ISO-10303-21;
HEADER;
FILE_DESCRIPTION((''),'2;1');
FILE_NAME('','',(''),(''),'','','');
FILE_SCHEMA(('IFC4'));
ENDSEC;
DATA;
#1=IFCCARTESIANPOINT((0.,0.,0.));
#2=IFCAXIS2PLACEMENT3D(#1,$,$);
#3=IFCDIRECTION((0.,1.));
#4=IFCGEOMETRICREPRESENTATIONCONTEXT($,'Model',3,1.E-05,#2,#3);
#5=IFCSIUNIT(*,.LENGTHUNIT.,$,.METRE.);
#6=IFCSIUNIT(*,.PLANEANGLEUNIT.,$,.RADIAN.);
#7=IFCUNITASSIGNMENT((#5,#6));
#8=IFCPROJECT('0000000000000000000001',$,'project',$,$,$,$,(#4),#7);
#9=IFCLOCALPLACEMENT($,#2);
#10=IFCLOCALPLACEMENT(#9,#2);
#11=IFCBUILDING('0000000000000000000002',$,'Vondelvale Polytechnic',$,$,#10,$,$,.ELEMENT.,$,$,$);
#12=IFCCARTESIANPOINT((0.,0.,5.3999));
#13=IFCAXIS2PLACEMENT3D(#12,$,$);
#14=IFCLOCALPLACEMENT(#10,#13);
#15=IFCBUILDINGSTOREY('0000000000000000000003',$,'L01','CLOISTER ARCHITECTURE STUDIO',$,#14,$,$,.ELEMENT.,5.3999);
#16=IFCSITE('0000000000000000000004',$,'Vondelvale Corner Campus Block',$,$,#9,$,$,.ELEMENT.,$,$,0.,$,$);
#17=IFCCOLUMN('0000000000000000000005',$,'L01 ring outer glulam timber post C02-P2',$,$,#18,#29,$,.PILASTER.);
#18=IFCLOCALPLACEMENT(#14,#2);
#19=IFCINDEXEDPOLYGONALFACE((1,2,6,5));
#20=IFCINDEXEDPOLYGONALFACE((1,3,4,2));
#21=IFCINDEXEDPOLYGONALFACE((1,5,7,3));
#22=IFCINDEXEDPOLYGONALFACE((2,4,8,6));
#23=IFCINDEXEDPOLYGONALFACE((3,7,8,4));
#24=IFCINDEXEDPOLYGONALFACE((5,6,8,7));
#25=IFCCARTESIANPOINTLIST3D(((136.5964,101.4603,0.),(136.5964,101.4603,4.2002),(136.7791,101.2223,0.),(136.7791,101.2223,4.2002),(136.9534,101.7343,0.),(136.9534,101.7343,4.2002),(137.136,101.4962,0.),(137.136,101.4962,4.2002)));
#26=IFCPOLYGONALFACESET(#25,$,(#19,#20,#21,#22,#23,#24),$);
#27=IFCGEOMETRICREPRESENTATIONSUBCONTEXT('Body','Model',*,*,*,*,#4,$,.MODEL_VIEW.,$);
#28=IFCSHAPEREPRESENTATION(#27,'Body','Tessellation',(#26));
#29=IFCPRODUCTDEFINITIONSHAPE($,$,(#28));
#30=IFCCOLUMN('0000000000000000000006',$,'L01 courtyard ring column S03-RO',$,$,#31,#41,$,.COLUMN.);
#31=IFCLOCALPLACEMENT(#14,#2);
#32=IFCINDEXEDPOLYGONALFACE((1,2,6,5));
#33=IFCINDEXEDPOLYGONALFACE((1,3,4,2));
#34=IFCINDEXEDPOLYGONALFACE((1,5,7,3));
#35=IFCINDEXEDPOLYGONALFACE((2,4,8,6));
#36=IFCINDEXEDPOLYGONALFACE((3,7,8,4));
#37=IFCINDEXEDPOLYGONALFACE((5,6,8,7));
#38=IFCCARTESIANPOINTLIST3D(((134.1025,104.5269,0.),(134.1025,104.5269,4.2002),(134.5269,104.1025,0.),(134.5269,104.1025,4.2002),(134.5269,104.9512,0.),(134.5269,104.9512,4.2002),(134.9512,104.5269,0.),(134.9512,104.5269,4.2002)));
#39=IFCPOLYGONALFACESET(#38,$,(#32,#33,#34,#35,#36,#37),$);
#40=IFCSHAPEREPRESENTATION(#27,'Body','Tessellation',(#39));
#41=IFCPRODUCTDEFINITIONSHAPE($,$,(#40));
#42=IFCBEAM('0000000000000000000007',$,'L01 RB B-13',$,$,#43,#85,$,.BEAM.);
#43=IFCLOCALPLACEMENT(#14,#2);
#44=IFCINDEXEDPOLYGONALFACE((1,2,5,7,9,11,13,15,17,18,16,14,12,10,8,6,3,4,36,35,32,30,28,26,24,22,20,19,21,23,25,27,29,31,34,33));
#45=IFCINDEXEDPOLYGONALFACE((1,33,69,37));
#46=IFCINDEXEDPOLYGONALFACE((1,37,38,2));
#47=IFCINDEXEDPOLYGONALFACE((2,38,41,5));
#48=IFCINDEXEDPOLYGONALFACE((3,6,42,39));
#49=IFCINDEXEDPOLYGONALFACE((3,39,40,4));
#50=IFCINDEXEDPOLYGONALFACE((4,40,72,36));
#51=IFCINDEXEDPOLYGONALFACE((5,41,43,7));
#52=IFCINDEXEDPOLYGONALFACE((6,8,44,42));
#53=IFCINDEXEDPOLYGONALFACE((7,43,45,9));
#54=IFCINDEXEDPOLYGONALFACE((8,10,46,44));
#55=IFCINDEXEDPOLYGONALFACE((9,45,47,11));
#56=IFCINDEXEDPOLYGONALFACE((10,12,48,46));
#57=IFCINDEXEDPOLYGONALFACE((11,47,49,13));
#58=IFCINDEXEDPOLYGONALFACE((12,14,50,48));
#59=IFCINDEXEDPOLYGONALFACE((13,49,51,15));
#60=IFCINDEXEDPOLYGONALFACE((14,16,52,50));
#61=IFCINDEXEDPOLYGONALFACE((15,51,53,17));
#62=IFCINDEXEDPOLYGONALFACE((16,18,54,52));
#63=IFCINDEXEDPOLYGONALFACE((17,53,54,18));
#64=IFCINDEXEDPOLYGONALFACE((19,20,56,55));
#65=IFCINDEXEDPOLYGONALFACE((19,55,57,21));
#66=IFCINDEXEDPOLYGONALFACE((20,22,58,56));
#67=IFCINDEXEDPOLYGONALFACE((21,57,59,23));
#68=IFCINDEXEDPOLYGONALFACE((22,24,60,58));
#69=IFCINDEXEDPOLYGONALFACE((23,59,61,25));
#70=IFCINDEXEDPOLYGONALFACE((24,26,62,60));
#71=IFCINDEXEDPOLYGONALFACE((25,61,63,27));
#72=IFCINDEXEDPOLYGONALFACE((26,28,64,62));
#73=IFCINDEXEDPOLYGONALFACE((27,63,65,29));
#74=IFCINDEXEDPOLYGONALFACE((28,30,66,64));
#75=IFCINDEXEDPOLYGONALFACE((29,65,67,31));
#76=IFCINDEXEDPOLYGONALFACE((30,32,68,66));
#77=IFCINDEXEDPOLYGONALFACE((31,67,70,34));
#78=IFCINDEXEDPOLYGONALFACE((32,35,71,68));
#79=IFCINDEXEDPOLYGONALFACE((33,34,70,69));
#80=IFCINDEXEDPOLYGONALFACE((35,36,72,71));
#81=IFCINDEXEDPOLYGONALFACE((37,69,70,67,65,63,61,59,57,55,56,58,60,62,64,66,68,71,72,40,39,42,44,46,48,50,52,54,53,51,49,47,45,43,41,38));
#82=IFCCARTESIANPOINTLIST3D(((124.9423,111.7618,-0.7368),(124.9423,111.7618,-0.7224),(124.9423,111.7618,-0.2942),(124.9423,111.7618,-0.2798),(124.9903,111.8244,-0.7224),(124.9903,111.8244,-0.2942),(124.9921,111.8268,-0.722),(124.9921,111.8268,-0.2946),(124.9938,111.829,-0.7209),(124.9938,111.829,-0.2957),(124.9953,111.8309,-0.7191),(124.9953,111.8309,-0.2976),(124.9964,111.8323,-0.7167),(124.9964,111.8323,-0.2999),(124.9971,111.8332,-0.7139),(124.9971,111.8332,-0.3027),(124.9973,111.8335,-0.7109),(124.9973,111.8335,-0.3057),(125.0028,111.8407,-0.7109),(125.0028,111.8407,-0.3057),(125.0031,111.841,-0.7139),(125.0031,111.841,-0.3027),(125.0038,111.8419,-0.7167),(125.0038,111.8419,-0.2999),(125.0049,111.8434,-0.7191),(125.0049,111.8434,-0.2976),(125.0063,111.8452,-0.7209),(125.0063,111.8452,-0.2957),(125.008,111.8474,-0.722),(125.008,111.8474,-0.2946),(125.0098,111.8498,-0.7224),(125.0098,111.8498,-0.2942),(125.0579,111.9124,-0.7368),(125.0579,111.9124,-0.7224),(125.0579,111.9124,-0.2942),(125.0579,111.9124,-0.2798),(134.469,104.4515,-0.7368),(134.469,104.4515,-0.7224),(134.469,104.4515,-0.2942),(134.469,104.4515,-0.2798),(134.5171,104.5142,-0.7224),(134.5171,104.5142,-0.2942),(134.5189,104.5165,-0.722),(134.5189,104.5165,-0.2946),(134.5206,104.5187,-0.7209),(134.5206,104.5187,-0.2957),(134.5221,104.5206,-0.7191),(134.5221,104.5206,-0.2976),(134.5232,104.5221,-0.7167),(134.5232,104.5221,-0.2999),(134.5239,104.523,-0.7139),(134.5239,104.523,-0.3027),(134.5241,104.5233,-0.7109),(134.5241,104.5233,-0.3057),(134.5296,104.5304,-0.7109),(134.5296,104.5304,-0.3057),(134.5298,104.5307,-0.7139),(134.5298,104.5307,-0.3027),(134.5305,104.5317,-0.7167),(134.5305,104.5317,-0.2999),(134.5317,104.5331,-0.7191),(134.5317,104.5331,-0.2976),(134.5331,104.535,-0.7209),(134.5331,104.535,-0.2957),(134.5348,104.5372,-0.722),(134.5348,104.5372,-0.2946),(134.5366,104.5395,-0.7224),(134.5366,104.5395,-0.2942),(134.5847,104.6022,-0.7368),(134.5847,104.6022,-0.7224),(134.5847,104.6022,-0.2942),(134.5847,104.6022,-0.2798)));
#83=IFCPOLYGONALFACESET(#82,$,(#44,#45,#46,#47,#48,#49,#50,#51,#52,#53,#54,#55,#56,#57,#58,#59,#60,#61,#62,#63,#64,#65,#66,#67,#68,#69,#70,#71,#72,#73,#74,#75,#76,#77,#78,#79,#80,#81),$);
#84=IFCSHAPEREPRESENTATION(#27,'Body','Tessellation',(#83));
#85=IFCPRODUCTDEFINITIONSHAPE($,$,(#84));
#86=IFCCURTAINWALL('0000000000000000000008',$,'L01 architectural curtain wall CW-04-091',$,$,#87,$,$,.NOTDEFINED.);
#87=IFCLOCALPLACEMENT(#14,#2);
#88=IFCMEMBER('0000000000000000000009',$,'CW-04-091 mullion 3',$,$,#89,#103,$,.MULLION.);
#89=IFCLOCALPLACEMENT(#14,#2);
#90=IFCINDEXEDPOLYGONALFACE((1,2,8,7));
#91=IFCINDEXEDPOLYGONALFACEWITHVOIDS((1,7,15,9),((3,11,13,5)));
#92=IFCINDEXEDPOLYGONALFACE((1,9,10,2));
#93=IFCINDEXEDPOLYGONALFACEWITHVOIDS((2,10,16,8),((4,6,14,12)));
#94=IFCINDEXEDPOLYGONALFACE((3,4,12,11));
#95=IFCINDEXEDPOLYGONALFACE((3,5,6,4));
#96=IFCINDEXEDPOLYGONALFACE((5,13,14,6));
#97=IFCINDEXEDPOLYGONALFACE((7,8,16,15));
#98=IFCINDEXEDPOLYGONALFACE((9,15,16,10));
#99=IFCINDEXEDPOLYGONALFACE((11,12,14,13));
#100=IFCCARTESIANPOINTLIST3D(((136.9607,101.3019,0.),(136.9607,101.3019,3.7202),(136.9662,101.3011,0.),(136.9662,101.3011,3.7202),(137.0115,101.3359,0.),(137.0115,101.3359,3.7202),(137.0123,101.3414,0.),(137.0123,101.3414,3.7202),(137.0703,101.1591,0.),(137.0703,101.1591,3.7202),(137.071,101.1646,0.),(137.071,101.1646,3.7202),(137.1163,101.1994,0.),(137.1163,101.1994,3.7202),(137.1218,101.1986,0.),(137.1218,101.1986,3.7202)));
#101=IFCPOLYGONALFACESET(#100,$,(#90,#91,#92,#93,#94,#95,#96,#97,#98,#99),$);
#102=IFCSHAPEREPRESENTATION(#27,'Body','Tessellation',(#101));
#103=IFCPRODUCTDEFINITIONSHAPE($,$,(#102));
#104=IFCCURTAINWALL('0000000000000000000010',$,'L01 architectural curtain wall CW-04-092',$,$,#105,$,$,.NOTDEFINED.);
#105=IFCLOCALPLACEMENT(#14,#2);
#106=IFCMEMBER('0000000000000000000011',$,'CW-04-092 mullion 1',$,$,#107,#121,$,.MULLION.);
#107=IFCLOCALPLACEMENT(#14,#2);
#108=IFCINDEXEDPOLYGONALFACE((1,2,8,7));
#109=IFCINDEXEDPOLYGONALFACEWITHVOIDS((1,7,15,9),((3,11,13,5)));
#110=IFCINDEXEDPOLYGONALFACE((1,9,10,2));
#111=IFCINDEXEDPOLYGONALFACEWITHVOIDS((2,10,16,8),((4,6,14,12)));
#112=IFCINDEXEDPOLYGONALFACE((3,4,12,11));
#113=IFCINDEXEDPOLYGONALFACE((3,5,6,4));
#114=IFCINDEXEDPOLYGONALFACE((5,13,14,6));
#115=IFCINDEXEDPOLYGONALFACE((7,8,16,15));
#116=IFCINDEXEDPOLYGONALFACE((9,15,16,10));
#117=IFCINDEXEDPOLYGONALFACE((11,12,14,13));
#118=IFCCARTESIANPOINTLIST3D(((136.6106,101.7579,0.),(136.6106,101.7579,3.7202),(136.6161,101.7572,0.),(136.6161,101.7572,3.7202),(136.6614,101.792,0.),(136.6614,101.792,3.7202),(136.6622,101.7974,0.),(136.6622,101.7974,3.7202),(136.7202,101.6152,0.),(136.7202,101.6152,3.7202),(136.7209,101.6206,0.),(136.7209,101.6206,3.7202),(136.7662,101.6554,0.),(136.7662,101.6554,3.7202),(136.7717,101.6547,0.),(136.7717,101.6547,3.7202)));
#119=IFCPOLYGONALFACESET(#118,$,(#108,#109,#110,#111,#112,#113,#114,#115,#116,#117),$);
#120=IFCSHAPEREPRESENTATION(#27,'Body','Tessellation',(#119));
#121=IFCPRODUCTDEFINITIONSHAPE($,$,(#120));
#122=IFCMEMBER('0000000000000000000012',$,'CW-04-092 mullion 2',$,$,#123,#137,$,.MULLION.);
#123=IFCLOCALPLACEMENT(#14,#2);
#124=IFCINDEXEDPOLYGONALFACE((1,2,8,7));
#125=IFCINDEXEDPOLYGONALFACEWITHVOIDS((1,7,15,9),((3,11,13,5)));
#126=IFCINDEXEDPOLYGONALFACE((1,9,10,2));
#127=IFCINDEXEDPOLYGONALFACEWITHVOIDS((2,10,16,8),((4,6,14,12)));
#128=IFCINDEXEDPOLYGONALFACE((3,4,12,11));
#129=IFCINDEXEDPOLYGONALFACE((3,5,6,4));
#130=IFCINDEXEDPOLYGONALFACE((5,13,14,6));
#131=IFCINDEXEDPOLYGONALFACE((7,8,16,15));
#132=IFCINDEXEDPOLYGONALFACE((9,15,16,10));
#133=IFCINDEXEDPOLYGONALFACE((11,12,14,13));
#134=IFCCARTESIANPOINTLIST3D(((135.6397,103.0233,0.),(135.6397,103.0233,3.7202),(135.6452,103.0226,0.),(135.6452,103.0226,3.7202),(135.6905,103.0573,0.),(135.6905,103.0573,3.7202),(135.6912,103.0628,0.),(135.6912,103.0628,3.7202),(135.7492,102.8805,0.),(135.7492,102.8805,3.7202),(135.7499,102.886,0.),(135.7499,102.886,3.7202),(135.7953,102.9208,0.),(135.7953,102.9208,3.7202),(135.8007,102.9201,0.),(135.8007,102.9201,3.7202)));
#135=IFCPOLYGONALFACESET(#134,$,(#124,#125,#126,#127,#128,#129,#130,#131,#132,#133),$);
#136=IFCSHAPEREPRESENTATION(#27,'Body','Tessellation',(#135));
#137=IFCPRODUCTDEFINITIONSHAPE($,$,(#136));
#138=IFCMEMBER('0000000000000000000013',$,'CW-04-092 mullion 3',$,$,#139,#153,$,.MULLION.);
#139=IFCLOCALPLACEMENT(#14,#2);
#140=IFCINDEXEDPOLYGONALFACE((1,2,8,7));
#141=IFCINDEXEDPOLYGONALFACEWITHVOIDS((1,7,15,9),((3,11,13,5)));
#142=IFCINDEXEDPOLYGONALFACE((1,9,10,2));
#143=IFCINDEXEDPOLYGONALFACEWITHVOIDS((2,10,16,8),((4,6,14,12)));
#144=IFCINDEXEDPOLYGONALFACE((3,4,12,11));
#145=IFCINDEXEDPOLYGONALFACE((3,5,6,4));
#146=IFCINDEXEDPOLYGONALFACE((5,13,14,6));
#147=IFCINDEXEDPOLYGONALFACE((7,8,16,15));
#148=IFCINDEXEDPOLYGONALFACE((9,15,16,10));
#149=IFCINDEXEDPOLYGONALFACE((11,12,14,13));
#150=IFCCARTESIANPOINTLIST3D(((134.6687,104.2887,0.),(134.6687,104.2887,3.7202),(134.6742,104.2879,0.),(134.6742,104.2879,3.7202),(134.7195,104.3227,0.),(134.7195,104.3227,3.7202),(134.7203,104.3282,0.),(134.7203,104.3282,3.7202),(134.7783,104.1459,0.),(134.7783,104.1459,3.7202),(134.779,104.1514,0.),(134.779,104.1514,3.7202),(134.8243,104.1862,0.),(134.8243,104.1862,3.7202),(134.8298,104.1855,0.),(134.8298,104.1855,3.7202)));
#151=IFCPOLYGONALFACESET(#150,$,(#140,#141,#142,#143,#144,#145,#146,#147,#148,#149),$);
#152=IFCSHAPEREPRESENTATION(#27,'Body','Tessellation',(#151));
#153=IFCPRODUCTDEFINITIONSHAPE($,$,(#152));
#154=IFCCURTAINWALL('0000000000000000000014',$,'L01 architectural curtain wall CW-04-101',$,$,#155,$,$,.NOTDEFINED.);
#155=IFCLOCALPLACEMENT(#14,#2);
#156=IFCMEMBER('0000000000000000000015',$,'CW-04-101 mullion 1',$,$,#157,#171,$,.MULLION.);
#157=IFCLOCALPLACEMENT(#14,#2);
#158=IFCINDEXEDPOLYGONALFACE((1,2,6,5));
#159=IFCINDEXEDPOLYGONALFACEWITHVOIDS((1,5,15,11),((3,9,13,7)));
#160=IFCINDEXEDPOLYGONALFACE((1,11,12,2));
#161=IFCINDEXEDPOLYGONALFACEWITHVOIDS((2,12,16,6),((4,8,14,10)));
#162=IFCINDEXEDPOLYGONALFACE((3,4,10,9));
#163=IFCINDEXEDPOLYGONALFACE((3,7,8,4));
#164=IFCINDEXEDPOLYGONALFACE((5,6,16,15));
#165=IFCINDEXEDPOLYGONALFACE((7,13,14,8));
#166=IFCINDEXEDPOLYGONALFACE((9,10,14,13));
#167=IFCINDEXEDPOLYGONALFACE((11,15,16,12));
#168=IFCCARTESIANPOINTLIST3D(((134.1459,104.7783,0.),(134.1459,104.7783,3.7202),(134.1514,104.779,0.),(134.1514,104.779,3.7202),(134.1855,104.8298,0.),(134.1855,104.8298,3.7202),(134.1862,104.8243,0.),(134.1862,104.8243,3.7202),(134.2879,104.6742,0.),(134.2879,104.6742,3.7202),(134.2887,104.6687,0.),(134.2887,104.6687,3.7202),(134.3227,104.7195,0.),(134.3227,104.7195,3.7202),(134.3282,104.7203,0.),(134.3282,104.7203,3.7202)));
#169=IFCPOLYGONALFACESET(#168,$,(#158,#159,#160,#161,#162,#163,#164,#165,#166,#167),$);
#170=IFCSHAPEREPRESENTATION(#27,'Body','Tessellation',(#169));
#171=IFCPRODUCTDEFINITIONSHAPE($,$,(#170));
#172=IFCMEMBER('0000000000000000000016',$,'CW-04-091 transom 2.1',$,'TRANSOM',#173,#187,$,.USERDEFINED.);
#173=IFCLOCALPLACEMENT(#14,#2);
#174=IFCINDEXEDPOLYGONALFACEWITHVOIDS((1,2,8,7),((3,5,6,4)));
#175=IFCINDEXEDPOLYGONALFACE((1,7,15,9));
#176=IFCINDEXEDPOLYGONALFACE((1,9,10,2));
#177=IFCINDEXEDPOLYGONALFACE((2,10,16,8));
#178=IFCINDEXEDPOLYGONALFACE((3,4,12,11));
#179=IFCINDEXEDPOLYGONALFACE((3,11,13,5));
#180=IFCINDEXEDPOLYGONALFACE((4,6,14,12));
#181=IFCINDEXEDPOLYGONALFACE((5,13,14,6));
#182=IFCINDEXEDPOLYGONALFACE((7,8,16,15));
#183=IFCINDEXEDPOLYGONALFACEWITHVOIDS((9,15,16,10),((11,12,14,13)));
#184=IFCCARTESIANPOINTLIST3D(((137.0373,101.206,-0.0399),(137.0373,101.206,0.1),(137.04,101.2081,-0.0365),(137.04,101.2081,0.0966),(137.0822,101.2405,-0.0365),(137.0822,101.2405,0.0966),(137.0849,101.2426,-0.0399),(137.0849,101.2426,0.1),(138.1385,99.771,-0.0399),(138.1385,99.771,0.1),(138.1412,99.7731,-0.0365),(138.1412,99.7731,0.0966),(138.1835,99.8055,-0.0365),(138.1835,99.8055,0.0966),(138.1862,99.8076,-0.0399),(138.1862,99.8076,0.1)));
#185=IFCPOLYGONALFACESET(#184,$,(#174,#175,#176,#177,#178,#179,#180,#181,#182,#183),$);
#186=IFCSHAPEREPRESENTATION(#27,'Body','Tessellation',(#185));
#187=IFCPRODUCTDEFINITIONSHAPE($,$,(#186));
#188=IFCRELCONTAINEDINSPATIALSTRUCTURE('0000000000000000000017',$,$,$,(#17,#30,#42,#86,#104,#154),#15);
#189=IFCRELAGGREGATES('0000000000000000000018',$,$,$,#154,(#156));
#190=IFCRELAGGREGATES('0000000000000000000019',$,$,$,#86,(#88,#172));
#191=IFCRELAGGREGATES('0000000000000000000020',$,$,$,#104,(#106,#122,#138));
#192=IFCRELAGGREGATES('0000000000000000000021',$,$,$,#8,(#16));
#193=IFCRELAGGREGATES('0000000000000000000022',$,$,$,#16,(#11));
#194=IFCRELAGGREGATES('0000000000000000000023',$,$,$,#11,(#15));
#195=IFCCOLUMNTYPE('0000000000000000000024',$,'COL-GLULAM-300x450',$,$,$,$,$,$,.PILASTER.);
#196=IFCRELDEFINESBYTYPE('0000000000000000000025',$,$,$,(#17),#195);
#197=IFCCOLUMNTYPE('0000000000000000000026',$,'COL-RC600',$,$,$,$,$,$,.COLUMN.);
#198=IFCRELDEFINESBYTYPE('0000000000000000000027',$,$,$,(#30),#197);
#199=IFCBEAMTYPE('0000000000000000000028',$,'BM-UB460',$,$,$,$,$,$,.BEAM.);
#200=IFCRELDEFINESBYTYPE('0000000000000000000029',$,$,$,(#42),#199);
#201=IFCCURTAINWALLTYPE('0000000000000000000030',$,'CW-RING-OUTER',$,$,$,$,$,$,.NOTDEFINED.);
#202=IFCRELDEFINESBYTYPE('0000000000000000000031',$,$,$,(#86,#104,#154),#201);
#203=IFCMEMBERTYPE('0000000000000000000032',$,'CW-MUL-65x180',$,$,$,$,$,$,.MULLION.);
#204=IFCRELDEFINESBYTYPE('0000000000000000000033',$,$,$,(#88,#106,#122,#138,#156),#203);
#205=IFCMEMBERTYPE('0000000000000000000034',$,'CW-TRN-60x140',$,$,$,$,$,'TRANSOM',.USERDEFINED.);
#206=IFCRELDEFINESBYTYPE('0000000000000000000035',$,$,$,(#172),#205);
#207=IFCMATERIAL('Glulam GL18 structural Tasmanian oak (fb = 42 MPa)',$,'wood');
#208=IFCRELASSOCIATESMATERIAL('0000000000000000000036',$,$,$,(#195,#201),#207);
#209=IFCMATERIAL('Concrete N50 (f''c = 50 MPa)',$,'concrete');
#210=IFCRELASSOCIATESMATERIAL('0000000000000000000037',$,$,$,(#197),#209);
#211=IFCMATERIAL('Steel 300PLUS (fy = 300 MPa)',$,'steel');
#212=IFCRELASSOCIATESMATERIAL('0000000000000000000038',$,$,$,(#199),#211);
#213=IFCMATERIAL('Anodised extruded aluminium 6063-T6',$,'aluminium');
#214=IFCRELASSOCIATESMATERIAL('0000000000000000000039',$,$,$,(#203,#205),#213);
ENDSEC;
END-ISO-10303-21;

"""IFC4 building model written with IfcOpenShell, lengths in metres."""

from ifc_helpers import new_model, si_unit, direction, frame, origin, origin_2d, place, context, subcontext, project, spatial, rectangle, hollow_rectangle, i_section, extrude, material, material_profile, profile_set, type_object, element, aggregate, save


model = new_model("IFC4")

# Units and contexts
model_context = context("Model", 3, precision=1e-05, world=origin(), true_north=direction((0.0, 1.0)))
body_context = subcontext(model_context, "Body", "Model", "MODEL_VIEW")
ifc_project = project(units=[si_unit("LENGTHUNIT", "METRE"), si_unit("PLANEANGLEUNIT", "RADIAN")], contexts=[model_context])

# Site, building, storey
site_placement = place(None, origin())
site = spatial("IfcSite", under=ifc_project, at=site_placement, Name="Vondelvale Corner Campus Block", CompositionType="ELEMENT", RefElevation=0.0)
building_placement = place(site_placement, origin())
building = spatial("IfcBuilding", under=site, at=building_placement, Name="Vondelvale Polytechnic", CompositionType="ELEMENT")
storey_placement = place(building_placement, frame((0.0, 0.0, 5.3999)))
storey = spatial("IfcBuildingStorey", under=building, at=storey_placement, Name="L01", Description="CLOISTER ARCHITECTURE STUDIO", CompositionType="ELEMENT", Elevation=5.3999)

# Columns
ifc_material_1 = material(Name="Glulam GL18 structural Tasmanian oak (fb = 42 MPa)", Category="wood")
ifc_material_profile_1 = material_profile(ifc_material_1, rectangle(XDim=0.3, YDim=0.45, at=origin_2d()), Name="GL-POST-300x450")
ifc_profile_set_1 = profile_set([ifc_material_profile_1], Name="Glulam GL18 structural Tasmanian oak (fb = 42 MPa)")
column_type_1 = type_object("IfcColumnType", Name="COL-GLULAM-300x450", PredefinedType="PILASTER", material=ifc_profile_set_1)
column_1_placement = place(storey_placement, frame((136.8662, 101.4783, 0.0), z_axis=(0.0, 0.0, 1.0), x_axis=(-0.608761, 0.793353, 0.0)))
element("IfcColumn", 1, at=column_1_placement, inside=storey, type_object=column_type_1, Name="L01 ring outer glulam timber post C02-P2", PredefinedType="PILASTER", context=body_context, shape_type="SweptSolid", body=[
    extrude(rectangle(XDim=0.3, YDim=0.45, at=origin_2d()), origin(), (0.0, 0.0, 1.0), 4.2002),
])
ifc_material_2 = material(Name="Concrete N50 (f'c = 50 MPa)", Category="concrete")
ifc_material_profile_2 = material_profile(ifc_material_2, rectangle(XDim=0.6001, YDim=0.6001, at=origin_2d()), Name="RC-COL-600x600")
ifc_profile_set_2 = profile_set([ifc_material_profile_2], Name="Concrete N50 (f'c = 50 MPa)")
column_type_2 = type_object("IfcColumnType", Name="COL-RC600", PredefinedType="COLUMN", material=ifc_profile_set_2)
column_2_placement = place(storey_placement, frame((134.5269, 104.5269, 0.0), z_axis=(0.0, 0.0, 1.0), x_axis=(0.707107, 0.707107, 0.0)))
element("IfcColumn", 2, at=column_2_placement, inside=storey, type_object=column_type_2, Name="L01 courtyard ring column S03-RO", PredefinedType="COLUMN", context=body_context, shape_type="SweptSolid", body=[
    extrude(rectangle(XDim=0.6001, YDim=0.6001, at=origin_2d()), origin(), (0.0, 0.0, 1.0), 4.2002),
])

# Beam
ifc_material_3 = material(Name="Steel 300PLUS (fy = 300 MPa)", Category="steel")
ifc_material_profile_3 = material_profile(ifc_material_3, i_section(OverallWidth=0.1899, OverallDepth=0.457, WebThickness=0.009, FlangeThickness=0.0144, FilletRadius=0.0115, at=origin_2d()), Name="460UB74.6")
ifc_profile_set_3 = profile_set([ifc_material_profile_3], Name="Steel 300PLUS (fy = 300 MPa)")
beam_type = type_object("IfcBeamType", Name="BM-UB460", PredefinedType="BEAM", material=ifc_profile_set_3)
beam_placement = place(storey_placement, frame((134.5269, 104.5269, -0.5083), z_axis=(-0.79335, 0.608766, 0.0), x_axis=(-0.608766, -0.79335, 0.0)))
element("IfcBeam", 3, at=beam_placement, inside=storey, type_object=beam_type, Name="L01 RB B-13", PredefinedType="BEAM", context=body_context, shape_type="SweptSolid", body=[
    extrude(i_section(OverallWidth=0.1899, OverallDepth=0.457, WebThickness=0.009, FlangeThickness=0.0144, FilletRadius=0.0115, at=origin_2d()), origin(), (0.0, 0.0, 1.0), 12.0083),
])

# Curtain wall, member
curtain_wall_type = type_object("IfcCurtainWallType", Name="CW-RING-OUTER", PredefinedType="NOTDEFINED", material=ifc_material_1)
curtain_wall_1_placement = place(storey_placement, origin())
curtain_wall_1 = element("IfcCurtainWall", 4, at=curtain_wall_1_placement, inside=storey, type_object=curtain_wall_type, Name="L01 architectural curtain wall CW-04-091", PredefinedType="NOTDEFINED")
ifc_material_4 = material(Name="Anodised extruded aluminium 6063-T6", Category="aluminium")
ifc_material_profile_4 = material_profile(ifc_material_4, hollow_rectangle(XDim=0.0649, YDim=0.1799, WallThickness=0.0039, at=origin_2d()), Name="CW-MUL-180x65")
ifc_profile_set_4 = profile_set([ifc_material_profile_4], Name="Anodised extruded aluminium 6063-T6")
member_type_1 = type_object("IfcMemberType", Name="CW-MUL-65x180", PredefinedType="MULLION", material=ifc_profile_set_4)
member_1_placement = place(storey_placement, frame((137.0413, 101.2502, 0.0), z_axis=(0.0, 0.0, 1.0), x_axis=(-0.793346, -0.608771, 0.0)))
member_1 = element("IfcMember", 5, at=member_1_placement, type_object=member_type_1, Name="CW-04-091 mullion 3", PredefinedType="MULLION", context=body_context, shape_type="SweptSolid", body=[
    extrude(hollow_rectangle(XDim=0.0649, YDim=0.1799, WallThickness=0.0039, at=origin_2d()), origin(), (0.0, 0.0, 1.0), 3.7202),
])

# Curtain wall, members
curtain_wall_2_placement = place(storey_placement, origin())
curtain_wall_2 = element("IfcCurtainWall", 6, at=curtain_wall_2_placement, inside=storey, type_object=curtain_wall_type, Name="L01 architectural curtain wall CW-04-092", PredefinedType="NOTDEFINED")
member_2_placement = place(storey_placement, frame((136.6912, 101.7063, 0.0), z_axis=(0.0, 0.0, 1.0), x_axis=(-0.793334, -0.608787, 0.0)))
member_2 = element("IfcMember", 7, at=member_2_placement, type_object=member_type_1, Name="CW-04-092 mullion 1", PredefinedType="MULLION", context=body_context, shape_type="SweptSolid", body=[
    extrude(hollow_rectangle(XDim=0.0649, YDim=0.1799, WallThickness=0.0039, at=origin_2d()), origin(), (0.0, 0.0, 1.0), 3.7202),
])
member_3_placement = place(storey_placement, frame((135.7202, 102.9717, 0.0), z_axis=(0.0, 0.0, 1.0), x_axis=(-0.793334, -0.608787, 0.0)))
member_3 = element("IfcMember", 8, at=member_3_placement, type_object=member_type_1, Name="CW-04-092 mullion 2", PredefinedType="MULLION", context=body_context, shape_type="SweptSolid", body=[
    extrude(hollow_rectangle(XDim=0.0649, YDim=0.1799, WallThickness=0.0039, at=origin_2d()), origin(), (0.0, 0.0, 1.0), 3.7202),
])
member_4_placement = place(storey_placement, frame((134.7493, 104.2371, 0.0), z_axis=(0.0, 0.0, 1.0), x_axis=(-0.793334, -0.608787, 0.0)))
member_4 = element("IfcMember", 9, at=member_4_placement, type_object=member_type_1, Name="CW-04-092 mullion 3", PredefinedType="MULLION", context=body_context, shape_type="SweptSolid", body=[
    extrude(hollow_rectangle(XDim=0.0649, YDim=0.1799, WallThickness=0.0039, at=origin_2d()), origin(), (0.0, 0.0, 1.0), 3.7202),
])

# Curtain wall, member
curtain_wall_3_placement = place(storey_placement, origin())
curtain_wall_3 = element("IfcCurtainWall", 10, at=curtain_wall_3_placement, inside=storey, type_object=curtain_wall_type, Name="L01 architectural curtain wall CW-04-101", PredefinedType="NOTDEFINED")
member_5_placement = place(storey_placement, frame((134.2371, 104.7493, 0.0), z_axis=(0.0, 0.0, 1.0), x_axis=(-0.608787, -0.793334, 0.0)))
member_5 = element("IfcMember", 11, at=member_5_placement, type_object=member_type_1, Name="CW-04-101 mullion 1", PredefinedType="MULLION", context=body_context, shape_type="SweptSolid", body=[
    extrude(hollow_rectangle(XDim=0.0649, YDim=0.1799, WallThickness=0.0039, at=origin_2d()), origin(), (0.0, 0.0, 1.0), 3.7202),
])

# Member
ifc_material_profile_5 = material_profile(ifc_material_4, hollow_rectangle(XDim=0.0601, YDim=0.1399, WallThickness=0.0034, at=origin_2d()), Name="CW-TRN-140x60")
ifc_profile_set_5 = profile_set([ifc_material_profile_5], Name="Anodised extruded aluminium 6063-T6")
member_type_2 = type_object("IfcMemberType", Name="CW-TRN-60x140", ElementType="TRANSOM", PredefinedType="USERDEFINED", material=ifc_profile_set_5)
member_6_placement = place(storey_placement, frame((138.1624, 99.7893, 0.03), z_axis=(-0.608817, 0.793311, 0.0), x_axis=(-0.793311, -0.608817, 0.0)))
member_6 = element("IfcMember", 12, at=member_6_placement, type_object=member_type_2, Name="CW-04-091 transom 2.1", ObjectType="TRANSOM", PredefinedType="USERDEFINED", context=body_context, shape_type="SweptSolid", body=[
    extrude(hollow_rectangle(XDim=0.0601, YDim=0.1399, WallThickness=0.0034, at=origin_2d()), origin(), (0.0, 0.0, 1.0), 1.8088),
])
aggregate(curtain_wall_3, [member_5])

aggregate(curtain_wall_1, [member_1, member_6])
aggregate(curtain_wall_2, [member_2, member_3, member_4])

save(model, "model.ifc")
